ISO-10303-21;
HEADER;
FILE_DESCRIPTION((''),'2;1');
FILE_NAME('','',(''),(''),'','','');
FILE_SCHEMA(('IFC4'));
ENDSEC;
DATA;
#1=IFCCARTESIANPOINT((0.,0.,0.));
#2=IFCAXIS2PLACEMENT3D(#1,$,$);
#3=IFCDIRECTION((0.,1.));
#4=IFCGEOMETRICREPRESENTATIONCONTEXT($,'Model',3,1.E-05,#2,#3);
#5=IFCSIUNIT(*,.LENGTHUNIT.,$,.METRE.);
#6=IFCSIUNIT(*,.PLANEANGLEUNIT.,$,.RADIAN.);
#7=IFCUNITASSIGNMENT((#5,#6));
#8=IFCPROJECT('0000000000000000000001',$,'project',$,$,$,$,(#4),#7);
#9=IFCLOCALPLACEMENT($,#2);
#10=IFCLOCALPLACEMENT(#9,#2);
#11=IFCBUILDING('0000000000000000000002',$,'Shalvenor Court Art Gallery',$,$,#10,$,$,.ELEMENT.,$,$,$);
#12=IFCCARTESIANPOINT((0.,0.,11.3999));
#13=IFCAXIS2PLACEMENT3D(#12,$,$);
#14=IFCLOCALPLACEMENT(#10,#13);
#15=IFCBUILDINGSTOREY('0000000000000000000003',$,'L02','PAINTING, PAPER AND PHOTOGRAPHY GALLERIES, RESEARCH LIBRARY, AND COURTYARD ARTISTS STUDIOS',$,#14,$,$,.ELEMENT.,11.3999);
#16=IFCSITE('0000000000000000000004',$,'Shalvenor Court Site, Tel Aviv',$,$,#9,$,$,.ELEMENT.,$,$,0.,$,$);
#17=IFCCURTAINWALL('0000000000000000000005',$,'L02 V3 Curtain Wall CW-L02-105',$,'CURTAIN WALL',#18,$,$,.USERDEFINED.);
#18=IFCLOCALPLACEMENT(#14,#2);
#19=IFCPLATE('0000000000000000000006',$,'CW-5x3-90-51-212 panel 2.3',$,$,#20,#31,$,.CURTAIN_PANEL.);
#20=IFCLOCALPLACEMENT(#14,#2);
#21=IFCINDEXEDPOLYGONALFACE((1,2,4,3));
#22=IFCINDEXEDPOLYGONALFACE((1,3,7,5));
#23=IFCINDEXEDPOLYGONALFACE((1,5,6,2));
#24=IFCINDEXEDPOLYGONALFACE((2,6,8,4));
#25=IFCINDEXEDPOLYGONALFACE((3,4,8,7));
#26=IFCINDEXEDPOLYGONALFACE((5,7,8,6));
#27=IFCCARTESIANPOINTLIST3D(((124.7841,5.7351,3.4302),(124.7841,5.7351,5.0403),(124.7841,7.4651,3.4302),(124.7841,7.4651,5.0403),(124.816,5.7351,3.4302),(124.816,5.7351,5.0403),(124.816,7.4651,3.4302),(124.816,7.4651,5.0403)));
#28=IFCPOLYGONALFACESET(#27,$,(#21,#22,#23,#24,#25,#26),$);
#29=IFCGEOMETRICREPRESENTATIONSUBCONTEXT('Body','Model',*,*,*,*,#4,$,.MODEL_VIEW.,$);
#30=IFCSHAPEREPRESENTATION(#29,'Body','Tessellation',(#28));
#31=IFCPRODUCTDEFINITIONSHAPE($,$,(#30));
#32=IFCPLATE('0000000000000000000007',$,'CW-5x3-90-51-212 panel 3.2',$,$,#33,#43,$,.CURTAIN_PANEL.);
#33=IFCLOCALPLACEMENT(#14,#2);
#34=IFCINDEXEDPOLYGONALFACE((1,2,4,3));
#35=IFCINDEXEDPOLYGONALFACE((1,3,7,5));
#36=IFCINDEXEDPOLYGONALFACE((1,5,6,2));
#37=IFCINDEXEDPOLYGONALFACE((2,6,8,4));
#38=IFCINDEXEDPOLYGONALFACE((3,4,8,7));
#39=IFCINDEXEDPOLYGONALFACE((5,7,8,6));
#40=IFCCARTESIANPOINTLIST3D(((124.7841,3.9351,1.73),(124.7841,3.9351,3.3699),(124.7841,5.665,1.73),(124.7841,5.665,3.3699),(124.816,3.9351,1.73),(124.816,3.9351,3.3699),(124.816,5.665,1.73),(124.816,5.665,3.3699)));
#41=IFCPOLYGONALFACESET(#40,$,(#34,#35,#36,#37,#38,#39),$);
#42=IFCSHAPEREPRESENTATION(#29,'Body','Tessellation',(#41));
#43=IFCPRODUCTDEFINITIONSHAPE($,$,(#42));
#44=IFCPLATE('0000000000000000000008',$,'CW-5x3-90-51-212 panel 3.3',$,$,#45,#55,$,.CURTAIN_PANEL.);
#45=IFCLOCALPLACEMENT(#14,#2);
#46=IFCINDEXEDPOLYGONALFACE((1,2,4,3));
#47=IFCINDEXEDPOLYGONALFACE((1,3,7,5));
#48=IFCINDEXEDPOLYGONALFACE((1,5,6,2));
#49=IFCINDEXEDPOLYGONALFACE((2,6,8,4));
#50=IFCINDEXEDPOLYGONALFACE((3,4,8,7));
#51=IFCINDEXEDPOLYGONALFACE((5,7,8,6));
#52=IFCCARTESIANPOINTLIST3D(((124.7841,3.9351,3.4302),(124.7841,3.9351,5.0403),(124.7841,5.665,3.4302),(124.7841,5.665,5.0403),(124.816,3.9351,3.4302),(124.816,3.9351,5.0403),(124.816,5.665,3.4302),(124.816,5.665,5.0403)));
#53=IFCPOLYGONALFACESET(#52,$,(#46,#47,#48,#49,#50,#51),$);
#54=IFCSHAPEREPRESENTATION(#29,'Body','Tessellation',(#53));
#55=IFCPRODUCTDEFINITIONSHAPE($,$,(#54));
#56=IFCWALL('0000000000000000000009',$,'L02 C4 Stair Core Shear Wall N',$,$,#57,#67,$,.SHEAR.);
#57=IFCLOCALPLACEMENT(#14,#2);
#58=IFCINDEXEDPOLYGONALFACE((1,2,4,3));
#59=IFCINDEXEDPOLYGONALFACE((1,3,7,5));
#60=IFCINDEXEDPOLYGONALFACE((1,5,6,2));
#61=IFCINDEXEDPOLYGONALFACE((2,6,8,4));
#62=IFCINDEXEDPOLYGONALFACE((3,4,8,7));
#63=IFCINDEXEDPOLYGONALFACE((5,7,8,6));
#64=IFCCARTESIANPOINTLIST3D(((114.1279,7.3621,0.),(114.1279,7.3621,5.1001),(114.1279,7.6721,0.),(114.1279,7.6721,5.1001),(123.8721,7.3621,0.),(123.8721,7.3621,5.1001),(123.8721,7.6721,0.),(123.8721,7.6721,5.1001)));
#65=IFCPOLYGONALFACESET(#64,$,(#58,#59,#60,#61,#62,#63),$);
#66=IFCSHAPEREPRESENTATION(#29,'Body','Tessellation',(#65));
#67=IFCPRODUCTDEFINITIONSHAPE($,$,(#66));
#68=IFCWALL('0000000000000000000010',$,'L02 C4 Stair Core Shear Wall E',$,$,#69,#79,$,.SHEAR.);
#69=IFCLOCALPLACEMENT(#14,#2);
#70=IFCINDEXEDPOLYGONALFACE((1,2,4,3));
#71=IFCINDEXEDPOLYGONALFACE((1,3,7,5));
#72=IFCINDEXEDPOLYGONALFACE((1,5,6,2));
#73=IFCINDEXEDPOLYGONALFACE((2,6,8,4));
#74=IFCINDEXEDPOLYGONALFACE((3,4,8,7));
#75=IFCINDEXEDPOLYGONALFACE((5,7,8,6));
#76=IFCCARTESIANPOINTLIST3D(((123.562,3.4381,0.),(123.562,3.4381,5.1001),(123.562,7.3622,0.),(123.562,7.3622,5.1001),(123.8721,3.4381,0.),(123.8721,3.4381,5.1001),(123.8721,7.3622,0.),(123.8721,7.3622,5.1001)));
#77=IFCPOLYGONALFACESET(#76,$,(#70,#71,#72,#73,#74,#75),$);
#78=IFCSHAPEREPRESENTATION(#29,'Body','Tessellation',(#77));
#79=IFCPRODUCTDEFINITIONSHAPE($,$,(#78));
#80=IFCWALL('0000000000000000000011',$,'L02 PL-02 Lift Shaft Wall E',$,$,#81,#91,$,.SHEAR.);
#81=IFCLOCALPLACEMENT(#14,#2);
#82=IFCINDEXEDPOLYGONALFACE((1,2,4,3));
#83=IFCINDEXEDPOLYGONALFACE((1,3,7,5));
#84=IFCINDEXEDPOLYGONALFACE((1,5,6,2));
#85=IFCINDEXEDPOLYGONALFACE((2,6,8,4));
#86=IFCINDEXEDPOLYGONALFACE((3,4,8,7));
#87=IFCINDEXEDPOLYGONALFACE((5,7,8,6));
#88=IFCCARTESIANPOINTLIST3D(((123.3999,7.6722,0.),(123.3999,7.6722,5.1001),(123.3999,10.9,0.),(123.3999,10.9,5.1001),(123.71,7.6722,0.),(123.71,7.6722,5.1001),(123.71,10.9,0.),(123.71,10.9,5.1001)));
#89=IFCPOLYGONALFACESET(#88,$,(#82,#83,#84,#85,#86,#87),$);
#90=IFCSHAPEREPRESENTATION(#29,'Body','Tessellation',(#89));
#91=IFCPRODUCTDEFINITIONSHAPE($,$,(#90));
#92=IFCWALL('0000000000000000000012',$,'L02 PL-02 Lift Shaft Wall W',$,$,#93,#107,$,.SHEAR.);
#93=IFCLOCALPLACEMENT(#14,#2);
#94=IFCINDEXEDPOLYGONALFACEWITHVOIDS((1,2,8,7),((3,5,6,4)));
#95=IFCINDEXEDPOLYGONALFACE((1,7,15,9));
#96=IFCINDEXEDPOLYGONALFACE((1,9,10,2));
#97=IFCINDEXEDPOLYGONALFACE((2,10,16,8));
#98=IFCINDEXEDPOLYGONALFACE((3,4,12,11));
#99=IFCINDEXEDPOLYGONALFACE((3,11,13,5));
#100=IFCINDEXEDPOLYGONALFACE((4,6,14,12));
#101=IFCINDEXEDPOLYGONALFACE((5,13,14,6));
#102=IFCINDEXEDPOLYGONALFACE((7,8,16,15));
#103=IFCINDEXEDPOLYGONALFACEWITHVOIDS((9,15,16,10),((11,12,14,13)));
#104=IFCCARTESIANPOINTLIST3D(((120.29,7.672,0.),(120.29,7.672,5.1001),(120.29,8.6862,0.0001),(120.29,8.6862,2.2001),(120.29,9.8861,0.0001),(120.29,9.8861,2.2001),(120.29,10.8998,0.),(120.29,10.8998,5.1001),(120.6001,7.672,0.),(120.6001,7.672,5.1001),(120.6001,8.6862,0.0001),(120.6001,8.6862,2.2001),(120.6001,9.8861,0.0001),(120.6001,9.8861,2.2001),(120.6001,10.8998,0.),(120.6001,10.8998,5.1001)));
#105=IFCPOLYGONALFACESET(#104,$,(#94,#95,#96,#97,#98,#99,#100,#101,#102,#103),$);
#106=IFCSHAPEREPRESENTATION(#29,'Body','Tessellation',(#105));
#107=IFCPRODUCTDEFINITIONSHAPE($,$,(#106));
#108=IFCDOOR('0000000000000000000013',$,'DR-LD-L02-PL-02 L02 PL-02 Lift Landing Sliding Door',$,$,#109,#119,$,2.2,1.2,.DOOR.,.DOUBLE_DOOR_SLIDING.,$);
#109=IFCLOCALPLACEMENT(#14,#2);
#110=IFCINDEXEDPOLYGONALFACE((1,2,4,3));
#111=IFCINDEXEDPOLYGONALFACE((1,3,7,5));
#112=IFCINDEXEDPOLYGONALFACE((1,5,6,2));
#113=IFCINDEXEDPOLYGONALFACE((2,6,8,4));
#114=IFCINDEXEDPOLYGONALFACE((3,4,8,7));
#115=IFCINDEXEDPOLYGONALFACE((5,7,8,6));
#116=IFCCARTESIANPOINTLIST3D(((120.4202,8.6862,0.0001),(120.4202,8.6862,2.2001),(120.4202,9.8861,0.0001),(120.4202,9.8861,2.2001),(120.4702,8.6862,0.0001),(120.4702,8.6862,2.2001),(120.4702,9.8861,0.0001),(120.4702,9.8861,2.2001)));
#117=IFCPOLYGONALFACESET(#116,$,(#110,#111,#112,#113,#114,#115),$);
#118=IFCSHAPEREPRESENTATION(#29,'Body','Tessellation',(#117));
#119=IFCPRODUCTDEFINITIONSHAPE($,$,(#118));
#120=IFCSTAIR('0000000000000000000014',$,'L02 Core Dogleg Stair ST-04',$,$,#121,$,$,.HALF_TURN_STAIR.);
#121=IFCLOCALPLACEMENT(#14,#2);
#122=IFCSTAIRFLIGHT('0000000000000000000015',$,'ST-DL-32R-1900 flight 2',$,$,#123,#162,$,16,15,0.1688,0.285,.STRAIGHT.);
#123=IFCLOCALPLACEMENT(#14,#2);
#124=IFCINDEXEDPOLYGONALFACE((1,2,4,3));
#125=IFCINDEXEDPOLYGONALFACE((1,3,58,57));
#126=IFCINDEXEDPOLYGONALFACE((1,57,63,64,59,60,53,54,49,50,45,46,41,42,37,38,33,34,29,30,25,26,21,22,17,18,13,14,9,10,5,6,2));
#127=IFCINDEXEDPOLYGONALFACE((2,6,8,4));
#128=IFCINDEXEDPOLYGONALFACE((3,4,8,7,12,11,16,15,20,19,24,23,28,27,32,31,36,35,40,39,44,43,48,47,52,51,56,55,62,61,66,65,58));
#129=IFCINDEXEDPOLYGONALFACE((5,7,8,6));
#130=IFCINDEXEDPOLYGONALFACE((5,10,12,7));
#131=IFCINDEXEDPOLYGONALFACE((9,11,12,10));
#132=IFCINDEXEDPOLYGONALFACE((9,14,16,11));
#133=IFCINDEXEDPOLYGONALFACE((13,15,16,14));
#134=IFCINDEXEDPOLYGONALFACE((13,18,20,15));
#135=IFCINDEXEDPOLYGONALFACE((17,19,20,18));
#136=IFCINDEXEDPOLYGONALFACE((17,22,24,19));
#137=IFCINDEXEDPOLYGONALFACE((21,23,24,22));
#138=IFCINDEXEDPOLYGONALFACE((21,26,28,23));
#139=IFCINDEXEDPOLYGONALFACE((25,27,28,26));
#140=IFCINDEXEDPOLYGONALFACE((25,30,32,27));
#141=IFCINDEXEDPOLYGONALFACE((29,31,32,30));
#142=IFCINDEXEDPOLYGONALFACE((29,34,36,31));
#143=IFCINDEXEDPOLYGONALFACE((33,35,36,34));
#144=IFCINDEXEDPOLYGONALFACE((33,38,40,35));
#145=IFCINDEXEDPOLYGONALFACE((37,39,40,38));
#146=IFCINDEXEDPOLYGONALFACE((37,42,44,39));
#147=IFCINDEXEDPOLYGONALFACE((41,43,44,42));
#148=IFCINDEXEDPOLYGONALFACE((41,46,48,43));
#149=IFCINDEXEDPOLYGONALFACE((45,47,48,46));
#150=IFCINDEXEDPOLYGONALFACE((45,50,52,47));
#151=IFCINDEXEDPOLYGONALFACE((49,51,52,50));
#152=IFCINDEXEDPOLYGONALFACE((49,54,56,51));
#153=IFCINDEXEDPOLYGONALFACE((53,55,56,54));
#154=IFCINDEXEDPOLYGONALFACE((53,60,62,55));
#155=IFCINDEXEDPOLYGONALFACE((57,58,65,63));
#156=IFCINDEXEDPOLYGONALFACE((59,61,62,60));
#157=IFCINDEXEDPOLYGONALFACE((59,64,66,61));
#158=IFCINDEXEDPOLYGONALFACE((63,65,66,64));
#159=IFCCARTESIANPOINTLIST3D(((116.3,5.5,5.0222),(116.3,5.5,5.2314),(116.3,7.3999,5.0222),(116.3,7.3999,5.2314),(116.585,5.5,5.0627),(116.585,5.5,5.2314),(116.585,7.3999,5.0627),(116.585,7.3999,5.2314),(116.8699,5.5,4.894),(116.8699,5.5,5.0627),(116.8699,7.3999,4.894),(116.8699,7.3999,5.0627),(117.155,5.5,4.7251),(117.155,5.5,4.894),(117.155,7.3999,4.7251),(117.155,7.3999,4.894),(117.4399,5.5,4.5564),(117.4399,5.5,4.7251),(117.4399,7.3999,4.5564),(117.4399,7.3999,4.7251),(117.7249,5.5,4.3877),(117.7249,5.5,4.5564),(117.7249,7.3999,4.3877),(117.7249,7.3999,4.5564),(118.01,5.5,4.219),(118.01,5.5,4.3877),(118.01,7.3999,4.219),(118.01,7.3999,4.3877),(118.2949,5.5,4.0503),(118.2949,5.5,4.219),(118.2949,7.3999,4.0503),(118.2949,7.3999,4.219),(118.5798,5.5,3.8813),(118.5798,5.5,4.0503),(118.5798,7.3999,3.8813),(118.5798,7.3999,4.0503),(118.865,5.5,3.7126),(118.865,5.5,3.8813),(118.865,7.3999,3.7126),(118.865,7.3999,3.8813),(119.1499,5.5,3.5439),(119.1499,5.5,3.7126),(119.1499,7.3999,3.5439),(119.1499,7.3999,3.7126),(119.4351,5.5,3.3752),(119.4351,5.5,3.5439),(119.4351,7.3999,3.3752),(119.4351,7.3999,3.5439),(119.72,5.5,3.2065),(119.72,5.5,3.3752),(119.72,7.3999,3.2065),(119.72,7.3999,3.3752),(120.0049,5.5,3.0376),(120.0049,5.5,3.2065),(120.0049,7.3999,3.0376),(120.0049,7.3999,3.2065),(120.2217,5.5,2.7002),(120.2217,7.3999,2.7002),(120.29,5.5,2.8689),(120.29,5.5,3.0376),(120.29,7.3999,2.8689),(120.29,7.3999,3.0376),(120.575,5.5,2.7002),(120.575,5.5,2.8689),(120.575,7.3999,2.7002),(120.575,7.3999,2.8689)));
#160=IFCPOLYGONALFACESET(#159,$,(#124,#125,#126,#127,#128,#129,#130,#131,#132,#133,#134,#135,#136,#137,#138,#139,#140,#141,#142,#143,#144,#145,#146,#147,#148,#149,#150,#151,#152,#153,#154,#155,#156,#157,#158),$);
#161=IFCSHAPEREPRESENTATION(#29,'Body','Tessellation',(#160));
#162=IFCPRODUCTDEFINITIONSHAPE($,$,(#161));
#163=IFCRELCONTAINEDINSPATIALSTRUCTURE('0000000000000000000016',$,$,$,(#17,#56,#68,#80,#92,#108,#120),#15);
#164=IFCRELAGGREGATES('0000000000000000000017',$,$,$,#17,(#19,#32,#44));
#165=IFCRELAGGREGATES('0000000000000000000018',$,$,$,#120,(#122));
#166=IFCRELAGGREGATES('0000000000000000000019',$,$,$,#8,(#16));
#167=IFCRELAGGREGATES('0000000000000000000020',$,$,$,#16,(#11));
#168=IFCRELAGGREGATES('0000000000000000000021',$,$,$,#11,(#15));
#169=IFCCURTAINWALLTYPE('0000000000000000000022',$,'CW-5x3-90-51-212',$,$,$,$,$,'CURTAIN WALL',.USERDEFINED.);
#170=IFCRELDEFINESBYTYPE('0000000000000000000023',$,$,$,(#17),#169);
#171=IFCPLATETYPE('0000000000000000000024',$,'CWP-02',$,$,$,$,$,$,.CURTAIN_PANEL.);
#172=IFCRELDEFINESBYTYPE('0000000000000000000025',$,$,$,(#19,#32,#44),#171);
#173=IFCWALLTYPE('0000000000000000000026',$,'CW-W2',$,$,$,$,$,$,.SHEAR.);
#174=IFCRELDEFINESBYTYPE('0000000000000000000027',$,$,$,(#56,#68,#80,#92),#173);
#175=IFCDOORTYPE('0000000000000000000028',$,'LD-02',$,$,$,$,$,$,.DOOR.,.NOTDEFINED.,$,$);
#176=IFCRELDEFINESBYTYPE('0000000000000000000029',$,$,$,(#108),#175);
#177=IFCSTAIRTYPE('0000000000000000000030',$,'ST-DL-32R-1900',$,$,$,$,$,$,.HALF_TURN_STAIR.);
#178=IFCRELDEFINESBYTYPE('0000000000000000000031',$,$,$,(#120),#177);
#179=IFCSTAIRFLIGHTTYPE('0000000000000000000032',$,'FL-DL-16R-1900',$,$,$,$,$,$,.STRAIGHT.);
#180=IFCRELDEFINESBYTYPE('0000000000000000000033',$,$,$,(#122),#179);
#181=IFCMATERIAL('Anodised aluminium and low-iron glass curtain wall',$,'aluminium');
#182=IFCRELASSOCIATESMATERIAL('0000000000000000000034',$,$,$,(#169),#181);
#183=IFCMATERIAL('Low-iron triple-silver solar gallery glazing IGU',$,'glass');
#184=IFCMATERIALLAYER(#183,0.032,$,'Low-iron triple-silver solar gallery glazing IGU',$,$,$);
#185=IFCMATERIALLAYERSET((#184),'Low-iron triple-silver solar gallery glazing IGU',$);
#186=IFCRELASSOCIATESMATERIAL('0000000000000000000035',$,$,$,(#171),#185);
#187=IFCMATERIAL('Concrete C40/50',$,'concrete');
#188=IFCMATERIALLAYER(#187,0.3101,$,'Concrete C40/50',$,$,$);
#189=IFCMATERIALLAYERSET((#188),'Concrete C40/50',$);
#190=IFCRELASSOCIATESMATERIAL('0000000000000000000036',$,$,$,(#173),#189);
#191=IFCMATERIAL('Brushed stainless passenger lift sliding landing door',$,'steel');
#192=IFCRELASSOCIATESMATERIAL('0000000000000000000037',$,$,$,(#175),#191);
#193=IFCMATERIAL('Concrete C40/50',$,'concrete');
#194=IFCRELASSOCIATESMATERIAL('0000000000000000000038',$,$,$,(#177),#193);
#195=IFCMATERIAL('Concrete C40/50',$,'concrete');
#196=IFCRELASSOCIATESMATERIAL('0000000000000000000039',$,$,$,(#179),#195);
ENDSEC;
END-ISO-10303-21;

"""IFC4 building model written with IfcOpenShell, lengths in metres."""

from ifc_helpers import new_model, si_unit, direction, frame, frame_2d, origin, origin_2d, place, context, subcontext, project, spatial, polyline, rectangle, outline, extrude, material, layer, layer_set, type_object, element, fill, aggregate, save


model = new_model("IFC4")

# Units and contexts
model_context = context("Model", 3, precision=1e-05, world=origin(), true_north=direction((0.0, 1.0)))
body_context = subcontext(model_context, "Body", "Model", "MODEL_VIEW")
ifc_project = project(units=[si_unit("LENGTHUNIT", "METRE"), si_unit("PLANEANGLEUNIT", "RADIAN")], contexts=[model_context])

# Site, building, storey
site_placement = place(None, origin())
site = spatial("IfcSite", under=ifc_project, at=site_placement, Name="Shalvenor Court Site, Tel Aviv", CompositionType="ELEMENT", RefElevation=0.0)
building_placement = place(site_placement, origin())
building = spatial("IfcBuilding", under=site, at=building_placement, Name="Shalvenor Court Art Gallery", CompositionType="ELEMENT")
storey_placement = place(building_placement, frame((0.0, 0.0, 11.3999)))
storey = spatial("IfcBuildingStorey", under=building, at=storey_placement, Name="L02", Description="PAINTING, PAPER AND PHOTOGRAPHY GALLERIES, RESEARCH LIBRARY, AND COURTYARD ARTISTS STUDIOS", CompositionType="ELEMENT", Elevation=11.3999)

# Curtain wall, plates
ifc_material_1 = material(Name="Anodised aluminium and low-iron glass curtain wall", Category="aluminium")
curtain_wall_type = type_object("IfcCurtainWallType", Name="CW-5x3-90-51-212", ElementType="CURTAIN WALL", PredefinedType="USERDEFINED", material=ifc_material_1)
curtain_wall_placement = place(storey_placement, origin())
curtain_wall = element("IfcCurtainWall", 1, at=curtain_wall_placement, inside=storey, type_object=curtain_wall_type, Name="L02 V3 Curtain Wall CW-L02-105", ObjectType="CURTAIN WALL", PredefinedType="USERDEFINED")
ifc_material_2 = material(Name="Low-iron triple-silver solar gallery glazing IGU", Category="glass")
ifc_layer_1 = layer(ifc_material_2, 0.032, Name="Low-iron triple-silver solar gallery glazing IGU")
ifc_layer_set_1 = layer_set([ifc_layer_1], Name="Low-iron triple-silver solar gallery glazing IGU")
plate_type = type_object("IfcPlateType", Name="CWP-02", PredefinedType="CURTAIN_PANEL", material=ifc_layer_set_1)
plate_1_placement = place(storey_placement, frame((124.8, 6.6001, 3.4302), z_axis=(0.0, 0.0, 1.0), x_axis=(0.0, -1.0, 0.0)))
plate_1 = element("IfcPlate", 2, at=plate_1_placement, type_object=plate_type, Name="CW-5x3-90-51-212 panel 2.3", PredefinedType="CURTAIN_PANEL", context=body_context, shape_type="SweptSolid", body=[
    extrude(rectangle(XDim=1.73, YDim=0.032, at=origin_2d()), origin(), (0.0, 0.0, 1.0), 1.6101),
])
plate_2_placement = place(storey_placement, frame((124.8, 4.8, 1.73), z_axis=(0.0, 0.0, 1.0), x_axis=(0.0, -1.0, 0.0)))
plate_2 = element("IfcPlate", 3, at=plate_2_placement, type_object=plate_type, Name="CW-5x3-90-51-212 panel 3.2", PredefinedType="CURTAIN_PANEL", context=body_context, shape_type="SweptSolid", body=[
    extrude(rectangle(XDim=1.73, YDim=0.032, at=origin_2d()), origin(), (0.0, 0.0, 1.0), 1.6399),
])
plate_3_placement = place(storey_placement, frame((124.8, 4.8, 3.4302), z_axis=(0.0, 0.0, 1.0), x_axis=(0.0, -1.0, 0.0)))
plate_3 = element("IfcPlate", 4, at=plate_3_placement, type_object=plate_type, Name="CW-5x3-90-51-212 panel 3.3", PredefinedType="CURTAIN_PANEL", context=body_context, shape_type="SweptSolid", body=[
    extrude(rectangle(XDim=1.73, YDim=0.032, at=origin_2d()), origin(), (0.0, 0.0, 1.0), 1.6101),
])
aggregate(curtain_wall, [plate_1, plate_2, plate_3])

# Walls
ifc_material_3 = material(Name="Concrete C40/50", Category="concrete")
ifc_layer_2 = layer(ifc_material_3, 0.3101, Name="Concrete C40/50")
ifc_layer_set_2 = layer_set([ifc_layer_2], Name="Concrete C40/50")
wall_type = type_object("IfcWallType", Name="CW-W2", PredefinedType="SHEAR", material=ifc_layer_set_2)
wall_1_placement = place(storey_placement, frame((114.1279, 7.5171, 0.0), z_axis=(0.0, 0.0, 1.0), x_axis=(1.0, 0.0, 0.0)))
element("IfcWall", 5, at=wall_1_placement, inside=storey, type_object=wall_type, Name="L02 C4 Stair Core Shear Wall N", PredefinedType="SHEAR", context=body_context, shape_type="SweptSolid", body=[
    extrude(rectangle(XDim=9.7441, YDim=0.3101, at=frame_2d((4.8721, 0.0))), origin(), (0.0, 0.0, 1.0), 5.1001),
])
wall_2_placement = place(storey_placement, frame((123.717, 7.3621, 0.0), z_axis=(0.0, 0.0, 1.0), x_axis=(0.0, -1.0, 0.0)))
element("IfcWall", 6, at=wall_2_placement, inside=storey, type_object=wall_type, Name="L02 C4 Stair Core Shear Wall E", PredefinedType="SHEAR", context=body_context, shape_type="SweptSolid", body=[
    extrude(rectangle(XDim=3.9241, YDim=0.3101, at=frame_2d((1.9619, 0.0))), origin(), (0.0, 0.0, 1.0), 5.1001),
])
wall_3_placement = place(storey_placement, frame((123.5549, 10.8999, 0.0), z_axis=(0.0, 0.0, 1.0), x_axis=(0.0, -1.0, 0.0)))
element("IfcWall", 7, at=wall_3_placement, inside=storey, type_object=wall_type, Name="L02 PL-02 Lift Shaft Wall E", PredefinedType="SHEAR", context=body_context, shape_type="SweptSolid", body=[
    extrude(rectangle(XDim=3.2278, YDim=0.3101, at=frame_2d((1.6138, 0.0))), origin(), (0.0, 0.0, 1.0), 5.1001),
])

# Wall, opening, door
wall_4_placement = place(storey_placement, frame((120.4451, 7.6721, 0.0), z_axis=(0.0, 0.0, 1.0), x_axis=(0.0, 1.0, 0.0)))
wall_4 = element("IfcWall", 8, at=wall_4_placement, inside=storey, type_object=wall_type, Name="L02 PL-02 Lift Shaft Wall W", PredefinedType="SHEAR", context=body_context, shape_type="SweptSolid", body=[
    extrude(rectangle(XDim=3.2278, YDim=0.3101, at=frame_2d((1.6138, 0.0))), origin(), (0.0, 0.0, 1.0), 5.1001),
])
opening_placement = place(wall_4_placement, frame((1.0139, 0.0, 0.0)))
opening = element("IfcOpeningElement", 9, at=opening_placement, cuts=wall_4, PredefinedType="OPENING", context=body_context, shape_type="SweptSolid", body=[
    extrude(rectangle(XDim=1.2, YDim=2.2, at=frame_2d((0.6001, 1.1001))), frame((0.0, 0.165, 0.0), z_axis=(0.0, -1.0, 0.0), x_axis=(1.0, 0.0, 0.0)), (0.0, 0.0, 1.0), 0.3301),
])
ifc_material_4 = material(Name="Brushed stainless passenger lift sliding landing door", Category="steel")
door_type = type_object("IfcDoorType", Name="LD-02", OperationType="NOTDEFINED", PredefinedType="DOOR", material=ifc_material_4)
door_placement = place(opening_placement, origin())
door = element("IfcDoor", 10, at=door_placement, inside=storey, type_object=door_type, Name="DR-LD-L02-PL-02 L02 PL-02 Lift Landing Sliding Door", OperationType="DOUBLE_DOOR_SLIDING", OverallHeight=2.2, OverallWidth=1.2, PredefinedType="DOOR", context=body_context, shape_type="SweptSolid", body=[
    extrude(rectangle(XDim=1.2, YDim=2.2, at=frame_2d((0.6001, 1.1001))), frame((0.0, 0.0249, 0.0), z_axis=(0.0, -1.0, 0.0), x_axis=(1.0, 0.0, 0.0)), (0.0, 0.0, 1.0), 0.05),
])
fill(opening, door)

# Stair, stair flight
ifc_material_5 = material(Name="Concrete C40/50", Category="concrete")
stair_type = type_object("IfcStairType", Name="ST-DL-32R-1900", PredefinedType="HALF_TURN_STAIR", material=ifc_material_5)
stair_placement = place(storey_placement, origin())
stair = element("IfcStair", 11, at=stair_placement, inside=storey, type_object=stair_type, Name="L02 Core Dogleg Stair ST-04", PredefinedType="HALF_TURN_STAIR")
ifc_material_6 = material(Name="Concrete C40/50", Category="concrete")
stair_flight_type = type_object("IfcStairFlightType", Name="FL-DL-16R-1900", PredefinedType="STRAIGHT", material=ifc_material_6)
stair_flight_placement = place(storey_placement, frame((120.575, 6.45, 2.7002), z_axis=(0.0, 0.0, 1.0), x_axis=(-1.0, 0.0, 0.0)))
stair_flight = element("IfcStairFlight", 12, at=stair_flight_placement, type_object=stair_flight_type, Name="ST-DL-32R-1900 flight 2", NumberOfRisers=16, NumberOfTreads=15, PredefinedType="STRAIGHT", RiserHeight=0.1688, TreadLength=0.285, context=body_context, shape_type="SweptSolid", body=[
    extrude(outline(polyline([(0.0, 0.0), (0.0, 0.1687), (0.2849, 0.1687), (0.2849, 0.3374), (0.5701, 0.3374), (0.5701, 0.5063), (0.855, 0.5063), (0.855, 0.675), (1.1399, 0.675), (1.1399, 0.8438), (1.425, 0.8438), (1.425, 1.0125), (1.71, 1.0125), (1.71, 1.1812), (1.9951, 1.1812), (1.9951, 1.3501), (2.28, 1.3501), (2.28, 1.5188), (2.5649, 1.5188), (2.5649, 1.6875), (2.8501, 1.6875), (2.8501, 1.8562), (3.135, 1.8562), (3.135, 2.0249), (3.4199, 2.0249), (3.4199, 2.1938), (3.7051, 2.1938), (3.7051, 2.3625), (3.99, 2.3625), (3.99, 2.5312), (4.2749, 2.5312), (4.2749, 2.7), (4.2749, 2.322), (0.3533, 0.0), (0.0, 0.0)])), frame((0.0, 0.95, 0.0), z_axis=(0.0, -1.0, 0.0), x_axis=(1.0, 0.0, 0.0)), (0.0, 0.0, 1.0), 1.8999),
])
aggregate(stair, [stair_flight])

save(model, "model.ifc")
